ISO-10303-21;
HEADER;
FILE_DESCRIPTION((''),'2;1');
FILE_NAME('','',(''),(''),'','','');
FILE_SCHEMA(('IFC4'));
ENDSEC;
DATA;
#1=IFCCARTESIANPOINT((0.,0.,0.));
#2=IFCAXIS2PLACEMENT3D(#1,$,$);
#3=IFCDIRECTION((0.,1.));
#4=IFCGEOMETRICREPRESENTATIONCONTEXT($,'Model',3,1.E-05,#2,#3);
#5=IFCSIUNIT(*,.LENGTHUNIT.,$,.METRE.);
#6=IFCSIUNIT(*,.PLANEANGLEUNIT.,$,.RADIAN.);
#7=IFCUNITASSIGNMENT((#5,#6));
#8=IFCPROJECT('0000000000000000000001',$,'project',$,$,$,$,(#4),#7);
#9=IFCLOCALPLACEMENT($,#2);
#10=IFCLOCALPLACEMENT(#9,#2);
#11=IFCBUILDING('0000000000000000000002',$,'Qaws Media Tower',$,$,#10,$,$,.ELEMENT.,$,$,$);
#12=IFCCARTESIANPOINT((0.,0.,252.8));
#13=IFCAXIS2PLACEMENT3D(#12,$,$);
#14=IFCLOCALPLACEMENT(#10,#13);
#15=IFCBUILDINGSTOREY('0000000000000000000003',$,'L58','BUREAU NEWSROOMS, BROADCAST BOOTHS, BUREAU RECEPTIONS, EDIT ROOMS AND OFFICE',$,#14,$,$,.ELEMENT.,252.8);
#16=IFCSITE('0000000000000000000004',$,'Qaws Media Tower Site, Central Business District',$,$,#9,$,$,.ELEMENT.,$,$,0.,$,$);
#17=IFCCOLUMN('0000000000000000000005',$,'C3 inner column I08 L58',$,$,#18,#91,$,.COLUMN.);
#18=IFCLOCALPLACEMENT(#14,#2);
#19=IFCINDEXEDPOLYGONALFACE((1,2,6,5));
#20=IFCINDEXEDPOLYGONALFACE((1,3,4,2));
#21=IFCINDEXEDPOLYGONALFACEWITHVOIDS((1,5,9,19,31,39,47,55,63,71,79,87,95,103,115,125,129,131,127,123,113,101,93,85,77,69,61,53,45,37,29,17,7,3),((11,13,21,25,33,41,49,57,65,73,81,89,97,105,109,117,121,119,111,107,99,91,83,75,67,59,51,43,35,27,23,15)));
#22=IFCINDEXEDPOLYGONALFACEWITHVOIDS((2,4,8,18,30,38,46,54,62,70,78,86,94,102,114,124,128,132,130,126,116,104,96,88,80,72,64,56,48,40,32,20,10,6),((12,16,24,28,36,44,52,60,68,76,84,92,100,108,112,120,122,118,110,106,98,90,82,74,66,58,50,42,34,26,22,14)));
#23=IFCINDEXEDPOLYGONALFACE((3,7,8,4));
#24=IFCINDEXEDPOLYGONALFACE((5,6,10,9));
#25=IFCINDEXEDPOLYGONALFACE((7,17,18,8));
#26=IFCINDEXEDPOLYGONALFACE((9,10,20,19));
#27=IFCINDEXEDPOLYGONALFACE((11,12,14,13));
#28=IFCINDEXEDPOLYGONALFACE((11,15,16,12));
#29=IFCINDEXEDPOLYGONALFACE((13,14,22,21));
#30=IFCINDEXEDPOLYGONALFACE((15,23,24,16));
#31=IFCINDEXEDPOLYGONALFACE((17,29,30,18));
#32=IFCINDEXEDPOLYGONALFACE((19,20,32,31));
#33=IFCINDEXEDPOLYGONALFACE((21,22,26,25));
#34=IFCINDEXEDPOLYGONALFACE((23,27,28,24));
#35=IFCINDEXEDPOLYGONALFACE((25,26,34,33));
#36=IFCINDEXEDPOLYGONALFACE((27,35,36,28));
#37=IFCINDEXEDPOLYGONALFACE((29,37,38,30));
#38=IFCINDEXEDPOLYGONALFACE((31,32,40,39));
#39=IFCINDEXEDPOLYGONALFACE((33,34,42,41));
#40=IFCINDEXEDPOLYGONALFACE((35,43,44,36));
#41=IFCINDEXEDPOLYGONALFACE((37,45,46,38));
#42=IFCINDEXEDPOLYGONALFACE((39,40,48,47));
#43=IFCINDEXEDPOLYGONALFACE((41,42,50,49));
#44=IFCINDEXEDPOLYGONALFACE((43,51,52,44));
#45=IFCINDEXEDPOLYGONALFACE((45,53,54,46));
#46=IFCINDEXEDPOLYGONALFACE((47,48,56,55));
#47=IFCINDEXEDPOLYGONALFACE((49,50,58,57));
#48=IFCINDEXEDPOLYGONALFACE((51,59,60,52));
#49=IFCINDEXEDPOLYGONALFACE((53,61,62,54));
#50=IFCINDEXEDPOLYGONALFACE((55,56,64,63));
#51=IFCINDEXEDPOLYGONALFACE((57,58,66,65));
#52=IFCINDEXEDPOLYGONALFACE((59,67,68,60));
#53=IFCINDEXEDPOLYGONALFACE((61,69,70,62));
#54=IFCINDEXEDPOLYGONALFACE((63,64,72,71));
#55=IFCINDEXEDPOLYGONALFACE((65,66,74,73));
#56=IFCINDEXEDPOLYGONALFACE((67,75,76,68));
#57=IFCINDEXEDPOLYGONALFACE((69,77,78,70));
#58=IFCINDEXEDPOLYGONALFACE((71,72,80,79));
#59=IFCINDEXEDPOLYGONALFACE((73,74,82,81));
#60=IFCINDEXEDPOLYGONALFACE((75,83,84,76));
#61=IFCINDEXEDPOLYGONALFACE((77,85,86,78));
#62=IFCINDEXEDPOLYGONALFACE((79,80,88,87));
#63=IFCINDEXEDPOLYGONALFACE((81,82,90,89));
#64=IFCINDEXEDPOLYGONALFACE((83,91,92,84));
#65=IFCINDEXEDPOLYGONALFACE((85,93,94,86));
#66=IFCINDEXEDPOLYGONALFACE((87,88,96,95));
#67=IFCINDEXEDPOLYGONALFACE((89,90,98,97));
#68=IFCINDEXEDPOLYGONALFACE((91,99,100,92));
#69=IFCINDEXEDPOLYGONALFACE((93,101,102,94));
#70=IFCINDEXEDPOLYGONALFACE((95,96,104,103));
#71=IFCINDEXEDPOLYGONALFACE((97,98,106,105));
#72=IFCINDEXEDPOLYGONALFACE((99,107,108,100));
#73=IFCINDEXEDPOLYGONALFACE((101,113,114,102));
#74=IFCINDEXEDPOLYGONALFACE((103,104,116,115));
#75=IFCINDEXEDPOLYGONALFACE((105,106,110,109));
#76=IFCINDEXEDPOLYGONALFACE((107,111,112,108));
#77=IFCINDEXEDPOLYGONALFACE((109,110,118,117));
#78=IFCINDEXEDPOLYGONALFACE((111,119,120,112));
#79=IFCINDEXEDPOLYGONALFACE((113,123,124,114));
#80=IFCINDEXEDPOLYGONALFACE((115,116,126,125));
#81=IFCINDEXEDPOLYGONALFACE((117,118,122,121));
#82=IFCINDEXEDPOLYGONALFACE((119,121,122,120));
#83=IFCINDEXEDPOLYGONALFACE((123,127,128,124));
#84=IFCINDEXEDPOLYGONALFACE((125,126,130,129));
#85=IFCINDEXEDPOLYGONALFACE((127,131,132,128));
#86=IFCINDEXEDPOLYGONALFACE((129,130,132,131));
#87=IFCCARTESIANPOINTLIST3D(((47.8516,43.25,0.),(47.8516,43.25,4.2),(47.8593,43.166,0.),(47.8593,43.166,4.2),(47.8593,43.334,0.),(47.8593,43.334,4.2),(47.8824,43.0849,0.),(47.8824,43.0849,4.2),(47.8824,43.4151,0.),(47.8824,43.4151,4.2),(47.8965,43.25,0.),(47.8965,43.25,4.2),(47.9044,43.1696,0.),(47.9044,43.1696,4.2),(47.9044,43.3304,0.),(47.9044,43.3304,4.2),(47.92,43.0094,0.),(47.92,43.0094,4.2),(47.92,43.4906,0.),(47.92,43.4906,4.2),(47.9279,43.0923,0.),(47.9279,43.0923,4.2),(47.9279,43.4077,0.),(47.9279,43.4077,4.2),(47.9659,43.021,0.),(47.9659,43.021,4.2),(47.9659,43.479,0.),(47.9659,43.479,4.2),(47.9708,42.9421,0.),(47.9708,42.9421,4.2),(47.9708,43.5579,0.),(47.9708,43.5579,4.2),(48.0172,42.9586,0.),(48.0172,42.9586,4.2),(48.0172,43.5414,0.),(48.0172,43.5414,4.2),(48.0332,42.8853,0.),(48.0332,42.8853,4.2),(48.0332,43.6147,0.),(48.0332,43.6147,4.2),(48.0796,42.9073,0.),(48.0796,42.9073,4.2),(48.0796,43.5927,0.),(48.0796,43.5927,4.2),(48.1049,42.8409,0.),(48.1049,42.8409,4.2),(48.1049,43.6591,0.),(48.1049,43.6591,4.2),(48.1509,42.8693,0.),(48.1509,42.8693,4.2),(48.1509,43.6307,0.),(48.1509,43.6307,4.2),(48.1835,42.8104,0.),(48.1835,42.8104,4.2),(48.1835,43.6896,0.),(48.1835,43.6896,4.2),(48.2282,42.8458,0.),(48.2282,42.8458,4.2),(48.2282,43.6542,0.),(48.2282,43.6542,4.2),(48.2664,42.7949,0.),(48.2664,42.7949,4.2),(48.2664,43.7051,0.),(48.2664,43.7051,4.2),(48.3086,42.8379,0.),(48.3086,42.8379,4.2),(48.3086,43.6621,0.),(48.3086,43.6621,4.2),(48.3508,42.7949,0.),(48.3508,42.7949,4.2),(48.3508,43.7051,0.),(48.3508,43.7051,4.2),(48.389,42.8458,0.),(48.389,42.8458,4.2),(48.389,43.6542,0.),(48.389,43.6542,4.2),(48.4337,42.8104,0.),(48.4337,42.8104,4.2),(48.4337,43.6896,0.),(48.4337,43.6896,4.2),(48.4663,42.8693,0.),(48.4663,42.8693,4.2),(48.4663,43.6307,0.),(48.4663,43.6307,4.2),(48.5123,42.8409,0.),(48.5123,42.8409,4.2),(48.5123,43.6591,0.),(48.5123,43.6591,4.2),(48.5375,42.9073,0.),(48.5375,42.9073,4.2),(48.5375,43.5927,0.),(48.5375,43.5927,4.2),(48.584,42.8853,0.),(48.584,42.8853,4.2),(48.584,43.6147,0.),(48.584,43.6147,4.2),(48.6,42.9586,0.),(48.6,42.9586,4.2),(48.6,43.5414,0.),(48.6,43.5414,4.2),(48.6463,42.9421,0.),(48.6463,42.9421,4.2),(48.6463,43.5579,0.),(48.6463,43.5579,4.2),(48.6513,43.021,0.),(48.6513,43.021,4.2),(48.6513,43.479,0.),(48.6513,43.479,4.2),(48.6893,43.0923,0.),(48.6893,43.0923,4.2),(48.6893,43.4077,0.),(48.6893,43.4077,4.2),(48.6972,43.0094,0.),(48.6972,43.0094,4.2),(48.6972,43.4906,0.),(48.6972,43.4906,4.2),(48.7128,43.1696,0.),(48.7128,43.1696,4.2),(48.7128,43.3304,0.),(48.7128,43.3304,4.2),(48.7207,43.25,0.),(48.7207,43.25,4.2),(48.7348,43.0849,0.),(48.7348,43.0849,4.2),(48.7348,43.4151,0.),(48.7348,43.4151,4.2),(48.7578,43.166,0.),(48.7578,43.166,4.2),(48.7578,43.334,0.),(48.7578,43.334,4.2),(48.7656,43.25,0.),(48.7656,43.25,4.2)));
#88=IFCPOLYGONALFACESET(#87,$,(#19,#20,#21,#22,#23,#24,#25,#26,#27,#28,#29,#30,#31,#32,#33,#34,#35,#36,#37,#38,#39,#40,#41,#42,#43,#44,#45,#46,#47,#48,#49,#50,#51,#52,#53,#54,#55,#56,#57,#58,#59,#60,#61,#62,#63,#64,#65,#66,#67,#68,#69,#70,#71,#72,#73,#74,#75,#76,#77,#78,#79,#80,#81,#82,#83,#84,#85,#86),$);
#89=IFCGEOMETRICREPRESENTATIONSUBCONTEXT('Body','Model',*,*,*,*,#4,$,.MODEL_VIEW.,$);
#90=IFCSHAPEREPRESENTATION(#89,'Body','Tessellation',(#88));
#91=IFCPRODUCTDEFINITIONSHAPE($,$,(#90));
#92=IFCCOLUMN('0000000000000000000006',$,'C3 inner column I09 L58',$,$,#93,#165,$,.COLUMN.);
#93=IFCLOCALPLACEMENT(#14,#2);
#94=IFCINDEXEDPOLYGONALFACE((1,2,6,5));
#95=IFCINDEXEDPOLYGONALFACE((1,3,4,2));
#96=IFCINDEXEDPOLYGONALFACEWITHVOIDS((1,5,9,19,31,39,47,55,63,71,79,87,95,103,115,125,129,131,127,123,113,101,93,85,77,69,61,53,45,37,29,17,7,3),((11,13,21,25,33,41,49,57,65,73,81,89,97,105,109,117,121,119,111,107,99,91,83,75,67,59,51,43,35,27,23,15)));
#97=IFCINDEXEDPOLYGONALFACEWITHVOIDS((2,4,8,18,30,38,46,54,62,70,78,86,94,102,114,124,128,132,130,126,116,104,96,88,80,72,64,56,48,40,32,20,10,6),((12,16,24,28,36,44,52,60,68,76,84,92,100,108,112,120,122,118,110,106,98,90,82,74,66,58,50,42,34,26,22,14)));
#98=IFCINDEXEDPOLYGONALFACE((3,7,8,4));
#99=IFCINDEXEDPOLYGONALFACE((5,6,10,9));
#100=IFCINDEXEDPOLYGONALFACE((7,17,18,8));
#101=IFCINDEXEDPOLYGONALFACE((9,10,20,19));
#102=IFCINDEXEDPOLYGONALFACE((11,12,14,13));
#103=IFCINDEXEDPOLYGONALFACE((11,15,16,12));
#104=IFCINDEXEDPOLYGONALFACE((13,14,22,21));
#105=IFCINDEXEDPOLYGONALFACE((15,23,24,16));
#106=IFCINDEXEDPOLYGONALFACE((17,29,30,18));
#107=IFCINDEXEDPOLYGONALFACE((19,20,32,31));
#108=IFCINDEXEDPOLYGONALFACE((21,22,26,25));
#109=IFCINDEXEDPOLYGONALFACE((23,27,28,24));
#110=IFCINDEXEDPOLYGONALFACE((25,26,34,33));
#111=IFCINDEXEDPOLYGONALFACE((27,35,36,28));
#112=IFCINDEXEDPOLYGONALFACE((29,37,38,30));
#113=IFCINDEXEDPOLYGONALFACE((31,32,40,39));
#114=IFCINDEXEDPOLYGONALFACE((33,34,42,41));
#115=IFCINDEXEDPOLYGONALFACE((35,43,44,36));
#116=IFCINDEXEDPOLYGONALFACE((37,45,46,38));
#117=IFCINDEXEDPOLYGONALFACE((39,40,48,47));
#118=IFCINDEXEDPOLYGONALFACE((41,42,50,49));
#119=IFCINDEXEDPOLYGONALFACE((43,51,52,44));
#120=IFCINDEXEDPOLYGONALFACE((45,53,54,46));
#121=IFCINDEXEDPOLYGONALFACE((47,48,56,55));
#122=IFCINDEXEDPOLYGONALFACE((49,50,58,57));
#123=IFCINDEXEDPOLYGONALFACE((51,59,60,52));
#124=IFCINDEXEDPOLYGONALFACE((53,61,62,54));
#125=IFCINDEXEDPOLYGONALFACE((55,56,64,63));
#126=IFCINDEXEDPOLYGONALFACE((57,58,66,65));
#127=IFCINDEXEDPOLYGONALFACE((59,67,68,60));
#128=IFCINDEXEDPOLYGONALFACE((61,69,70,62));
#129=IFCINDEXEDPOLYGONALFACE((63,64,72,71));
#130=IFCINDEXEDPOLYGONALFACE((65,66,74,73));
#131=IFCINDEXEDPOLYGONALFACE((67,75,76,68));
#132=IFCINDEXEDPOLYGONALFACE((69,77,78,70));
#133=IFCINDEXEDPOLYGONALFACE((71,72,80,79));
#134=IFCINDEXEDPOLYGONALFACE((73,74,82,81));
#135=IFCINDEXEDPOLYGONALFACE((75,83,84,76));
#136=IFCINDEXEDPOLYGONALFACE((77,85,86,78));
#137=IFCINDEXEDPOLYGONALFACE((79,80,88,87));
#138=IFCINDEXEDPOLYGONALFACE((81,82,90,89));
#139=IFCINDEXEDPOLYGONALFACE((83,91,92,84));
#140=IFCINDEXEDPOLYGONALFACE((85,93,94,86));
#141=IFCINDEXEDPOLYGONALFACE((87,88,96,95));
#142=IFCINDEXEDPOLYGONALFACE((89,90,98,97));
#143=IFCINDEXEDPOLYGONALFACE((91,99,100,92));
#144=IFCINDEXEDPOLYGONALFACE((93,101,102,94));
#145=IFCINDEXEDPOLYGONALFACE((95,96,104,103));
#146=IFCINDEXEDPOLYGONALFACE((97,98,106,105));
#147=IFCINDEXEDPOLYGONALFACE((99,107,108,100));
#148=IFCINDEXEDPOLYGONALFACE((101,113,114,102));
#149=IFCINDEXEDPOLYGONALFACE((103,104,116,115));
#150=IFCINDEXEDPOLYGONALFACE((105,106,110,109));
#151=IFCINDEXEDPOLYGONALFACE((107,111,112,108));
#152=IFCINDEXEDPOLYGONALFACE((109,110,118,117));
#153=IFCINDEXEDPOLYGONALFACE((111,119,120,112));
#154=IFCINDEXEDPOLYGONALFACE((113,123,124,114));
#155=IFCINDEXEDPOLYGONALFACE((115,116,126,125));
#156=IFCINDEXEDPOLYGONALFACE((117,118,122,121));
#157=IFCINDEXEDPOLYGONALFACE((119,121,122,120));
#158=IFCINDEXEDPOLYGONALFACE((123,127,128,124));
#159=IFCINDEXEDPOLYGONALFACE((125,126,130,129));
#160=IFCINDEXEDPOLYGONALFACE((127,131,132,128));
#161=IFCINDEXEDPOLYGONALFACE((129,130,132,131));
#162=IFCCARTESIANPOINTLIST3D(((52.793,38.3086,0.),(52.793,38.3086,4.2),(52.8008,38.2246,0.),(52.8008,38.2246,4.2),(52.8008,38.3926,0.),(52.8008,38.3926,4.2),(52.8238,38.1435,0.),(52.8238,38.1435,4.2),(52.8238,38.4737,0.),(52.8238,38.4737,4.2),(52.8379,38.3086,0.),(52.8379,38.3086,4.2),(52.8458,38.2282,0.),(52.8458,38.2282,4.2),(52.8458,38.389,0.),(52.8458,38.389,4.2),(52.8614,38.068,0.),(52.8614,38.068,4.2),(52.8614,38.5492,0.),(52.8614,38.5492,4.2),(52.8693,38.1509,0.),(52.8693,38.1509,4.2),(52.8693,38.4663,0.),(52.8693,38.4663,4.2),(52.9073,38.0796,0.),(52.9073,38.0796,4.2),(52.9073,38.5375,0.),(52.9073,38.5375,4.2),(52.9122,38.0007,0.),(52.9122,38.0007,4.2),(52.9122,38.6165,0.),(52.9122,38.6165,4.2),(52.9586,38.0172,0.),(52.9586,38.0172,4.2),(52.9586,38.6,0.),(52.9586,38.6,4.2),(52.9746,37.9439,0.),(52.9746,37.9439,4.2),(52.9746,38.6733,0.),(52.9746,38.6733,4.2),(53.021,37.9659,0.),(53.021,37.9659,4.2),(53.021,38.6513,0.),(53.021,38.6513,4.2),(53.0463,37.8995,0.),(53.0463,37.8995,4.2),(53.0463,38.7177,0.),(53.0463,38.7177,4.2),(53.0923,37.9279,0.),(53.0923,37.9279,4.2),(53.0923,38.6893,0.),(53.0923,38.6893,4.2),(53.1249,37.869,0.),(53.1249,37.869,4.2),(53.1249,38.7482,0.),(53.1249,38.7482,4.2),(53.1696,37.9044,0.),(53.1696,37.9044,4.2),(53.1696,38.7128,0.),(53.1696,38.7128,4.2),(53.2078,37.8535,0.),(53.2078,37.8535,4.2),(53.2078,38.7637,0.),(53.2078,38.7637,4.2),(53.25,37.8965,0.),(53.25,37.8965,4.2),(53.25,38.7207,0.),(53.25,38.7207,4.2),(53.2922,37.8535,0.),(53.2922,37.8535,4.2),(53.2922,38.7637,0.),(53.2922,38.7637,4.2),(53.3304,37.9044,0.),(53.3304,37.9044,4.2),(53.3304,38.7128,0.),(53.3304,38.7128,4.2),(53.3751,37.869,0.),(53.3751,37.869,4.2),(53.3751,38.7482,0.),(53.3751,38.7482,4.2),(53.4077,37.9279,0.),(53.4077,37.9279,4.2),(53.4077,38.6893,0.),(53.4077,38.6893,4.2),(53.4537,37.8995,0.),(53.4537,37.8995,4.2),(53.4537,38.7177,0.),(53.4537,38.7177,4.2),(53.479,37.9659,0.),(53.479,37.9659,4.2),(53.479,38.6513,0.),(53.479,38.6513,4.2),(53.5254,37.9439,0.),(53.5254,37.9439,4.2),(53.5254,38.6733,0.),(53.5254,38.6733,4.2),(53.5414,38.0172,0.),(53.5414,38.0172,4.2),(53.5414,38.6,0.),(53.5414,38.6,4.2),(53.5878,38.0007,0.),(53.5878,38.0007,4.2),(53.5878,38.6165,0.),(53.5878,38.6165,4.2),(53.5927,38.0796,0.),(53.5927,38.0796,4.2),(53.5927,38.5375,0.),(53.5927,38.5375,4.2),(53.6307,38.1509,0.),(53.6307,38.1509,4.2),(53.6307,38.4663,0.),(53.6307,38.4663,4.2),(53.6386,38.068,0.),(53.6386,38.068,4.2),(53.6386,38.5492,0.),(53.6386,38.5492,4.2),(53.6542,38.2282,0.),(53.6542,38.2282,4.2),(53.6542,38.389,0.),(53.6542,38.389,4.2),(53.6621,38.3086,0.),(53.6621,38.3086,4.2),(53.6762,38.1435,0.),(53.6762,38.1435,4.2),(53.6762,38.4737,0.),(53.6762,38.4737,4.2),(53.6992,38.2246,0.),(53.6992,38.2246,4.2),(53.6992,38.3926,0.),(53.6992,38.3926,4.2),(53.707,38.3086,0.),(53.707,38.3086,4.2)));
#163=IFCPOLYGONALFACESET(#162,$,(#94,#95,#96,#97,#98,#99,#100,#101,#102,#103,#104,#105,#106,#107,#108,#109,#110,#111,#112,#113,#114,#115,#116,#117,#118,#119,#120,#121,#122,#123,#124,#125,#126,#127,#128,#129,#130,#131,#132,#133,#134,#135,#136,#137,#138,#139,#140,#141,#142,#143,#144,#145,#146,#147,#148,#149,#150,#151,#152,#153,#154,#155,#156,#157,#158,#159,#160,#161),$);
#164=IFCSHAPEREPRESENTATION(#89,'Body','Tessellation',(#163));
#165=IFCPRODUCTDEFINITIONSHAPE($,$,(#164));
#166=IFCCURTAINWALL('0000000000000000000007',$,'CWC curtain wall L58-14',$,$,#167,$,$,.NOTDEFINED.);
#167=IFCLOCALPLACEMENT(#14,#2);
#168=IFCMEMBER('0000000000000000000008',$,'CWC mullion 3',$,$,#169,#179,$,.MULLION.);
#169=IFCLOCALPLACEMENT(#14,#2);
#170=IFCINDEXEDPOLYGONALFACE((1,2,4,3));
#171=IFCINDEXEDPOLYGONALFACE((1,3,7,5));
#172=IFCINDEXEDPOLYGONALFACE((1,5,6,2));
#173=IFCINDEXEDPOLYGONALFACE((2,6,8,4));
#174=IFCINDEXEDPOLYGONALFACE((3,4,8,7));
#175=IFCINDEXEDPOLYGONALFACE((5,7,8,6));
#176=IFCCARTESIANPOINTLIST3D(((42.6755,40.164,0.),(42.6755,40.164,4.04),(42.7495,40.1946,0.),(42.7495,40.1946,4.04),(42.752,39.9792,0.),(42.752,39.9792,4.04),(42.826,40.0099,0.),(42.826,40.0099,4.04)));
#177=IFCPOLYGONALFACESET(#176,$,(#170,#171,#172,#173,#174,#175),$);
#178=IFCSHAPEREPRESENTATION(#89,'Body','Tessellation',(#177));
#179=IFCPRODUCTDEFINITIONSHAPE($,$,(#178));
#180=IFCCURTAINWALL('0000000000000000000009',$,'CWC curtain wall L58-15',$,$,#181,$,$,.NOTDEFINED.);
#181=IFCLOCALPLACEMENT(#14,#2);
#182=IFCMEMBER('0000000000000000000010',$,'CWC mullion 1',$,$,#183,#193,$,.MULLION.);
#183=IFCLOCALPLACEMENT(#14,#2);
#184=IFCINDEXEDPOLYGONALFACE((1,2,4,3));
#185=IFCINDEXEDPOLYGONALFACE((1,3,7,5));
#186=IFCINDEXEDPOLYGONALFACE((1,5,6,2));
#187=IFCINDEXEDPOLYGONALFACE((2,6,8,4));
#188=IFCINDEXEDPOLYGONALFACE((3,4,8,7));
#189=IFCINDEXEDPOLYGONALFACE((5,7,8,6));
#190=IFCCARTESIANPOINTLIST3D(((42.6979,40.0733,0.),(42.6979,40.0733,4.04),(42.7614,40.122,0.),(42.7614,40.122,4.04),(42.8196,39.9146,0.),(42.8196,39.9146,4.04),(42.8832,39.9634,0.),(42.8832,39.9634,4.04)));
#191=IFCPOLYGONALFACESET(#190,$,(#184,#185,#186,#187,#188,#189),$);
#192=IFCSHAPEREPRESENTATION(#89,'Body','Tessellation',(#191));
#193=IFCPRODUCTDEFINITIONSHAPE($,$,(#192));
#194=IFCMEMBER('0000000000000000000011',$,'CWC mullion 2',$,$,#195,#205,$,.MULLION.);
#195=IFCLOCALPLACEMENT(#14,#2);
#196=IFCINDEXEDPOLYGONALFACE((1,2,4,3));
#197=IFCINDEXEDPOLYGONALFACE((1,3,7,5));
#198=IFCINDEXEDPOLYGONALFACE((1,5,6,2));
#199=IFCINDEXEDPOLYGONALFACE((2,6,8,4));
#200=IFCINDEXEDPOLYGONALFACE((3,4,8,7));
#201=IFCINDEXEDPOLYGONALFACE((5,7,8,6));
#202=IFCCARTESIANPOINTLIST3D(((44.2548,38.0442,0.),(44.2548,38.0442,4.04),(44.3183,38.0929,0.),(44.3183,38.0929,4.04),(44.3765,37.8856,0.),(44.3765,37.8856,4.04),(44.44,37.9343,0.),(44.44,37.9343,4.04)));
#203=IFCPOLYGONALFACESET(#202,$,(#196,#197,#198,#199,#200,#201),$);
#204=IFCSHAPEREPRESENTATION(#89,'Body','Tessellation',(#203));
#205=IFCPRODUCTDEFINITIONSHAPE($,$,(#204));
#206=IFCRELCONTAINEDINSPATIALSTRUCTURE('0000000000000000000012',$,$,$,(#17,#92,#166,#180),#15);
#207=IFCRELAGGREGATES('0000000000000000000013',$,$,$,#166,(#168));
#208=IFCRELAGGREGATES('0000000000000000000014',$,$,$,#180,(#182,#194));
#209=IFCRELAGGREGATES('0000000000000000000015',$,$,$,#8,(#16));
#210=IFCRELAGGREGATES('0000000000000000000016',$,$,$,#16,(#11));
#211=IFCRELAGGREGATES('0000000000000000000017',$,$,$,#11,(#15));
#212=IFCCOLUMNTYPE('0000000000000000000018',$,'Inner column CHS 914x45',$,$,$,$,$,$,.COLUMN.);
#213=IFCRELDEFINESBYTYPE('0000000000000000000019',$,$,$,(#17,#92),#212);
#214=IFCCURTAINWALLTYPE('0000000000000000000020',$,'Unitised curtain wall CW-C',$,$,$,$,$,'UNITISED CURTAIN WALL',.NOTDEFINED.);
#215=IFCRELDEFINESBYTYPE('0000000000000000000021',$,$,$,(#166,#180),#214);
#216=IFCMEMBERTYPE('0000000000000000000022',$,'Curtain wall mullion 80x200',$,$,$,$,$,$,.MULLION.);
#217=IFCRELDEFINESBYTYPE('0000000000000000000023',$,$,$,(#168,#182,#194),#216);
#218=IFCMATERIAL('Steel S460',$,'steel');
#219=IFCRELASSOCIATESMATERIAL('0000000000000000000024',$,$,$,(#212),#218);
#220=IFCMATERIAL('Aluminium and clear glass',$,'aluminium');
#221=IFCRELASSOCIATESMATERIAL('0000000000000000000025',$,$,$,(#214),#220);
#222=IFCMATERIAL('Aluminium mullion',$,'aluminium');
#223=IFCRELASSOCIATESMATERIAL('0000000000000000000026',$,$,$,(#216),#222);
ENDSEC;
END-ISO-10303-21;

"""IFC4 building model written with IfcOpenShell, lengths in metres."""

from ifc_helpers import new_model, si_unit, direction, frame, origin, origin_2d, place, context, subcontext, project, spatial, rectangle, hollow_circle, extrude, material, material_profile, profile_set, type_object, element, aggregate, save


model = new_model("IFC4")

# Units and contexts
model_context = context("Model", 3, precision=1e-05, world=origin(), true_north=direction((0.0, 1.0)))
body_context = subcontext(model_context, "Body", "Model", "MODEL_VIEW")
ifc_project = project(units=[si_unit("LENGTHUNIT", "METRE"), si_unit("PLANEANGLEUNIT", "RADIAN")], contexts=[model_context])

# Site, building, storey
site_placement = place(None, origin())
site = spatial("IfcSite", under=ifc_project, at=site_placement, Name="Qaws Media Tower Site, Central Business District", CompositionType="ELEMENT", RefElevation=0.0)
building_placement = place(site_placement, origin())
building = spatial("IfcBuilding", under=site, at=building_placement, Name="Qaws Media Tower", CompositionType="ELEMENT")
storey_placement = place(building_placement, frame((0.0, 0.0, 252.8)))
storey = spatial("IfcBuildingStorey", under=building, at=storey_placement, Name="L58", Description="BUREAU NEWSROOMS, BROADCAST BOOTHS, BUREAU RECEPTIONS, EDIT ROOMS AND OFFICE", CompositionType="ELEMENT", Elevation=252.8)

# Columns
ifc_material_1 = material(Name="Steel S460", Category="steel")
ifc_material_profile_1 = material_profile(ifc_material_1, hollow_circle(Radius=0.457, WallThickness=0.0449, at=origin_2d()), Name="CHS 914x45")
ifc_profile_set_1 = profile_set([ifc_material_profile_1], Name="Steel S460")
column_type = type_object("IfcColumnType", Name="Inner column CHS 914x45", PredefinedType="COLUMN", material=ifc_profile_set_1)
for number, where, z_axis, x_axis, name in (
    (1, (48.3086, 43.25, 0.0), (0.0, 0.0, 1.0), (1.0, 0.0, 0.0), "C3 inner column I08 L58"),
    (2, (53.25, 38.3086, 0.0), (0.0, 0.0, 1.0), (1.0, 0.0, 0.0), "C3 inner column I09 L58"),
):
    element("IfcColumn", number, at=place(storey_placement, frame(where, z_axis=z_axis, x_axis=x_axis)), inside=storey, type_object=column_type, Name=name, PredefinedType="COLUMN", context=body_context, shape_type="SweptSolid", body=[
        extrude(hollow_circle(Radius=0.457, WallThickness=0.0449, at=origin_2d()), origin(), (0.0, 0.0, 1.0), 4.2),
    ])

# Curtain wall, member
ifc_material_2 = material(Name="Aluminium and clear glass", Category="aluminium")
curtain_wall_type = type_object("IfcCurtainWallType", Name="Unitised curtain wall CW-C", ElementType="UNITISED CURTAIN WALL", PredefinedType="NOTDEFINED", material=ifc_material_2)
curtain_wall_1_placement = place(storey_placement, origin())
curtain_wall_1 = element("IfcCurtainWall", 3, at=curtain_wall_1_placement, inside=storey, type_object=curtain_wall_type, Name="CWC curtain wall L58-14", PredefinedType="NOTDEFINED")
ifc_material_3 = material(Name="Aluminium mullion", Category="aluminium")
ifc_material_profile_2 = material_profile(ifc_material_3, rectangle(XDim=0.0801, YDim=0.2, at=origin_2d()), Name="80x200")
ifc_profile_set_2 = profile_set([ifc_material_profile_2], Name="Aluminium mullion")
member_type_1 = type_object("IfcMemberType", Name="Curtain wall mullion 80x200", PredefinedType="MULLION", material=ifc_profile_set_2)
member_1_placement = place(storey_placement, frame((42.7507, 40.0869, 0.0), z_axis=(0.0, 0.0, 1.0), x_axis=(0.92388, 0.382683, 0.0)))
member_1 = element("IfcMember", 4, at=member_1_placement, type_object=member_type_1, Name="CWC mullion 3", PredefinedType="MULLION", context=body_context, shape_type="SweptSolid", body=[
    extrude(rectangle(XDim=0.0801, YDim=0.2, at=origin_2d()), origin(), (0.0, 0.0, 1.0), 4.04),
])

# Curtain wall, members
curtain_wall_2_placement = place(storey_placement, origin())
curtain_wall_2 = element("IfcCurtainWall", 5, at=curtain_wall_2_placement, inside=storey, type_object=curtain_wall_type, Name="CWC curtain wall L58-15", PredefinedType="NOTDEFINED")
member_2_placement = place(storey_placement, frame((42.7905, 40.0183, 0.0), z_axis=(0.0, 0.0, 1.0), x_axis=(0.793353, 0.608761, 0.0)))
member_2 = element("IfcMember", 6, at=member_2_placement, type_object=member_type_1, Name="CWC mullion 1", PredefinedType="MULLION", context=body_context, shape_type="SweptSolid", body=[
    extrude(rectangle(XDim=0.0801, YDim=0.2, at=origin_2d()), origin(), (0.0, 0.0, 1.0), 4.04),
])
member_3_placement = place(storey_placement, frame((44.3474, 37.9893, 0.0), z_axis=(0.0, 0.0, 1.0), x_axis=(0.793353, 0.608761, 0.0)))
member_3 = element("IfcMember", 7, at=member_3_placement, type_object=member_type_1, Name="CWC mullion 2", PredefinedType="MULLION", context=body_context, shape_type="SweptSolid", body=[
    extrude(rectangle(XDim=0.0801, YDim=0.2, at=origin_2d()), origin(), (0.0, 0.0, 1.0), 4.04),
])

aggregate(curtain_wall_1, [member_1])
aggregate(curtain_wall_2, [member_2, member_3])

save(model, "model.ifc")
